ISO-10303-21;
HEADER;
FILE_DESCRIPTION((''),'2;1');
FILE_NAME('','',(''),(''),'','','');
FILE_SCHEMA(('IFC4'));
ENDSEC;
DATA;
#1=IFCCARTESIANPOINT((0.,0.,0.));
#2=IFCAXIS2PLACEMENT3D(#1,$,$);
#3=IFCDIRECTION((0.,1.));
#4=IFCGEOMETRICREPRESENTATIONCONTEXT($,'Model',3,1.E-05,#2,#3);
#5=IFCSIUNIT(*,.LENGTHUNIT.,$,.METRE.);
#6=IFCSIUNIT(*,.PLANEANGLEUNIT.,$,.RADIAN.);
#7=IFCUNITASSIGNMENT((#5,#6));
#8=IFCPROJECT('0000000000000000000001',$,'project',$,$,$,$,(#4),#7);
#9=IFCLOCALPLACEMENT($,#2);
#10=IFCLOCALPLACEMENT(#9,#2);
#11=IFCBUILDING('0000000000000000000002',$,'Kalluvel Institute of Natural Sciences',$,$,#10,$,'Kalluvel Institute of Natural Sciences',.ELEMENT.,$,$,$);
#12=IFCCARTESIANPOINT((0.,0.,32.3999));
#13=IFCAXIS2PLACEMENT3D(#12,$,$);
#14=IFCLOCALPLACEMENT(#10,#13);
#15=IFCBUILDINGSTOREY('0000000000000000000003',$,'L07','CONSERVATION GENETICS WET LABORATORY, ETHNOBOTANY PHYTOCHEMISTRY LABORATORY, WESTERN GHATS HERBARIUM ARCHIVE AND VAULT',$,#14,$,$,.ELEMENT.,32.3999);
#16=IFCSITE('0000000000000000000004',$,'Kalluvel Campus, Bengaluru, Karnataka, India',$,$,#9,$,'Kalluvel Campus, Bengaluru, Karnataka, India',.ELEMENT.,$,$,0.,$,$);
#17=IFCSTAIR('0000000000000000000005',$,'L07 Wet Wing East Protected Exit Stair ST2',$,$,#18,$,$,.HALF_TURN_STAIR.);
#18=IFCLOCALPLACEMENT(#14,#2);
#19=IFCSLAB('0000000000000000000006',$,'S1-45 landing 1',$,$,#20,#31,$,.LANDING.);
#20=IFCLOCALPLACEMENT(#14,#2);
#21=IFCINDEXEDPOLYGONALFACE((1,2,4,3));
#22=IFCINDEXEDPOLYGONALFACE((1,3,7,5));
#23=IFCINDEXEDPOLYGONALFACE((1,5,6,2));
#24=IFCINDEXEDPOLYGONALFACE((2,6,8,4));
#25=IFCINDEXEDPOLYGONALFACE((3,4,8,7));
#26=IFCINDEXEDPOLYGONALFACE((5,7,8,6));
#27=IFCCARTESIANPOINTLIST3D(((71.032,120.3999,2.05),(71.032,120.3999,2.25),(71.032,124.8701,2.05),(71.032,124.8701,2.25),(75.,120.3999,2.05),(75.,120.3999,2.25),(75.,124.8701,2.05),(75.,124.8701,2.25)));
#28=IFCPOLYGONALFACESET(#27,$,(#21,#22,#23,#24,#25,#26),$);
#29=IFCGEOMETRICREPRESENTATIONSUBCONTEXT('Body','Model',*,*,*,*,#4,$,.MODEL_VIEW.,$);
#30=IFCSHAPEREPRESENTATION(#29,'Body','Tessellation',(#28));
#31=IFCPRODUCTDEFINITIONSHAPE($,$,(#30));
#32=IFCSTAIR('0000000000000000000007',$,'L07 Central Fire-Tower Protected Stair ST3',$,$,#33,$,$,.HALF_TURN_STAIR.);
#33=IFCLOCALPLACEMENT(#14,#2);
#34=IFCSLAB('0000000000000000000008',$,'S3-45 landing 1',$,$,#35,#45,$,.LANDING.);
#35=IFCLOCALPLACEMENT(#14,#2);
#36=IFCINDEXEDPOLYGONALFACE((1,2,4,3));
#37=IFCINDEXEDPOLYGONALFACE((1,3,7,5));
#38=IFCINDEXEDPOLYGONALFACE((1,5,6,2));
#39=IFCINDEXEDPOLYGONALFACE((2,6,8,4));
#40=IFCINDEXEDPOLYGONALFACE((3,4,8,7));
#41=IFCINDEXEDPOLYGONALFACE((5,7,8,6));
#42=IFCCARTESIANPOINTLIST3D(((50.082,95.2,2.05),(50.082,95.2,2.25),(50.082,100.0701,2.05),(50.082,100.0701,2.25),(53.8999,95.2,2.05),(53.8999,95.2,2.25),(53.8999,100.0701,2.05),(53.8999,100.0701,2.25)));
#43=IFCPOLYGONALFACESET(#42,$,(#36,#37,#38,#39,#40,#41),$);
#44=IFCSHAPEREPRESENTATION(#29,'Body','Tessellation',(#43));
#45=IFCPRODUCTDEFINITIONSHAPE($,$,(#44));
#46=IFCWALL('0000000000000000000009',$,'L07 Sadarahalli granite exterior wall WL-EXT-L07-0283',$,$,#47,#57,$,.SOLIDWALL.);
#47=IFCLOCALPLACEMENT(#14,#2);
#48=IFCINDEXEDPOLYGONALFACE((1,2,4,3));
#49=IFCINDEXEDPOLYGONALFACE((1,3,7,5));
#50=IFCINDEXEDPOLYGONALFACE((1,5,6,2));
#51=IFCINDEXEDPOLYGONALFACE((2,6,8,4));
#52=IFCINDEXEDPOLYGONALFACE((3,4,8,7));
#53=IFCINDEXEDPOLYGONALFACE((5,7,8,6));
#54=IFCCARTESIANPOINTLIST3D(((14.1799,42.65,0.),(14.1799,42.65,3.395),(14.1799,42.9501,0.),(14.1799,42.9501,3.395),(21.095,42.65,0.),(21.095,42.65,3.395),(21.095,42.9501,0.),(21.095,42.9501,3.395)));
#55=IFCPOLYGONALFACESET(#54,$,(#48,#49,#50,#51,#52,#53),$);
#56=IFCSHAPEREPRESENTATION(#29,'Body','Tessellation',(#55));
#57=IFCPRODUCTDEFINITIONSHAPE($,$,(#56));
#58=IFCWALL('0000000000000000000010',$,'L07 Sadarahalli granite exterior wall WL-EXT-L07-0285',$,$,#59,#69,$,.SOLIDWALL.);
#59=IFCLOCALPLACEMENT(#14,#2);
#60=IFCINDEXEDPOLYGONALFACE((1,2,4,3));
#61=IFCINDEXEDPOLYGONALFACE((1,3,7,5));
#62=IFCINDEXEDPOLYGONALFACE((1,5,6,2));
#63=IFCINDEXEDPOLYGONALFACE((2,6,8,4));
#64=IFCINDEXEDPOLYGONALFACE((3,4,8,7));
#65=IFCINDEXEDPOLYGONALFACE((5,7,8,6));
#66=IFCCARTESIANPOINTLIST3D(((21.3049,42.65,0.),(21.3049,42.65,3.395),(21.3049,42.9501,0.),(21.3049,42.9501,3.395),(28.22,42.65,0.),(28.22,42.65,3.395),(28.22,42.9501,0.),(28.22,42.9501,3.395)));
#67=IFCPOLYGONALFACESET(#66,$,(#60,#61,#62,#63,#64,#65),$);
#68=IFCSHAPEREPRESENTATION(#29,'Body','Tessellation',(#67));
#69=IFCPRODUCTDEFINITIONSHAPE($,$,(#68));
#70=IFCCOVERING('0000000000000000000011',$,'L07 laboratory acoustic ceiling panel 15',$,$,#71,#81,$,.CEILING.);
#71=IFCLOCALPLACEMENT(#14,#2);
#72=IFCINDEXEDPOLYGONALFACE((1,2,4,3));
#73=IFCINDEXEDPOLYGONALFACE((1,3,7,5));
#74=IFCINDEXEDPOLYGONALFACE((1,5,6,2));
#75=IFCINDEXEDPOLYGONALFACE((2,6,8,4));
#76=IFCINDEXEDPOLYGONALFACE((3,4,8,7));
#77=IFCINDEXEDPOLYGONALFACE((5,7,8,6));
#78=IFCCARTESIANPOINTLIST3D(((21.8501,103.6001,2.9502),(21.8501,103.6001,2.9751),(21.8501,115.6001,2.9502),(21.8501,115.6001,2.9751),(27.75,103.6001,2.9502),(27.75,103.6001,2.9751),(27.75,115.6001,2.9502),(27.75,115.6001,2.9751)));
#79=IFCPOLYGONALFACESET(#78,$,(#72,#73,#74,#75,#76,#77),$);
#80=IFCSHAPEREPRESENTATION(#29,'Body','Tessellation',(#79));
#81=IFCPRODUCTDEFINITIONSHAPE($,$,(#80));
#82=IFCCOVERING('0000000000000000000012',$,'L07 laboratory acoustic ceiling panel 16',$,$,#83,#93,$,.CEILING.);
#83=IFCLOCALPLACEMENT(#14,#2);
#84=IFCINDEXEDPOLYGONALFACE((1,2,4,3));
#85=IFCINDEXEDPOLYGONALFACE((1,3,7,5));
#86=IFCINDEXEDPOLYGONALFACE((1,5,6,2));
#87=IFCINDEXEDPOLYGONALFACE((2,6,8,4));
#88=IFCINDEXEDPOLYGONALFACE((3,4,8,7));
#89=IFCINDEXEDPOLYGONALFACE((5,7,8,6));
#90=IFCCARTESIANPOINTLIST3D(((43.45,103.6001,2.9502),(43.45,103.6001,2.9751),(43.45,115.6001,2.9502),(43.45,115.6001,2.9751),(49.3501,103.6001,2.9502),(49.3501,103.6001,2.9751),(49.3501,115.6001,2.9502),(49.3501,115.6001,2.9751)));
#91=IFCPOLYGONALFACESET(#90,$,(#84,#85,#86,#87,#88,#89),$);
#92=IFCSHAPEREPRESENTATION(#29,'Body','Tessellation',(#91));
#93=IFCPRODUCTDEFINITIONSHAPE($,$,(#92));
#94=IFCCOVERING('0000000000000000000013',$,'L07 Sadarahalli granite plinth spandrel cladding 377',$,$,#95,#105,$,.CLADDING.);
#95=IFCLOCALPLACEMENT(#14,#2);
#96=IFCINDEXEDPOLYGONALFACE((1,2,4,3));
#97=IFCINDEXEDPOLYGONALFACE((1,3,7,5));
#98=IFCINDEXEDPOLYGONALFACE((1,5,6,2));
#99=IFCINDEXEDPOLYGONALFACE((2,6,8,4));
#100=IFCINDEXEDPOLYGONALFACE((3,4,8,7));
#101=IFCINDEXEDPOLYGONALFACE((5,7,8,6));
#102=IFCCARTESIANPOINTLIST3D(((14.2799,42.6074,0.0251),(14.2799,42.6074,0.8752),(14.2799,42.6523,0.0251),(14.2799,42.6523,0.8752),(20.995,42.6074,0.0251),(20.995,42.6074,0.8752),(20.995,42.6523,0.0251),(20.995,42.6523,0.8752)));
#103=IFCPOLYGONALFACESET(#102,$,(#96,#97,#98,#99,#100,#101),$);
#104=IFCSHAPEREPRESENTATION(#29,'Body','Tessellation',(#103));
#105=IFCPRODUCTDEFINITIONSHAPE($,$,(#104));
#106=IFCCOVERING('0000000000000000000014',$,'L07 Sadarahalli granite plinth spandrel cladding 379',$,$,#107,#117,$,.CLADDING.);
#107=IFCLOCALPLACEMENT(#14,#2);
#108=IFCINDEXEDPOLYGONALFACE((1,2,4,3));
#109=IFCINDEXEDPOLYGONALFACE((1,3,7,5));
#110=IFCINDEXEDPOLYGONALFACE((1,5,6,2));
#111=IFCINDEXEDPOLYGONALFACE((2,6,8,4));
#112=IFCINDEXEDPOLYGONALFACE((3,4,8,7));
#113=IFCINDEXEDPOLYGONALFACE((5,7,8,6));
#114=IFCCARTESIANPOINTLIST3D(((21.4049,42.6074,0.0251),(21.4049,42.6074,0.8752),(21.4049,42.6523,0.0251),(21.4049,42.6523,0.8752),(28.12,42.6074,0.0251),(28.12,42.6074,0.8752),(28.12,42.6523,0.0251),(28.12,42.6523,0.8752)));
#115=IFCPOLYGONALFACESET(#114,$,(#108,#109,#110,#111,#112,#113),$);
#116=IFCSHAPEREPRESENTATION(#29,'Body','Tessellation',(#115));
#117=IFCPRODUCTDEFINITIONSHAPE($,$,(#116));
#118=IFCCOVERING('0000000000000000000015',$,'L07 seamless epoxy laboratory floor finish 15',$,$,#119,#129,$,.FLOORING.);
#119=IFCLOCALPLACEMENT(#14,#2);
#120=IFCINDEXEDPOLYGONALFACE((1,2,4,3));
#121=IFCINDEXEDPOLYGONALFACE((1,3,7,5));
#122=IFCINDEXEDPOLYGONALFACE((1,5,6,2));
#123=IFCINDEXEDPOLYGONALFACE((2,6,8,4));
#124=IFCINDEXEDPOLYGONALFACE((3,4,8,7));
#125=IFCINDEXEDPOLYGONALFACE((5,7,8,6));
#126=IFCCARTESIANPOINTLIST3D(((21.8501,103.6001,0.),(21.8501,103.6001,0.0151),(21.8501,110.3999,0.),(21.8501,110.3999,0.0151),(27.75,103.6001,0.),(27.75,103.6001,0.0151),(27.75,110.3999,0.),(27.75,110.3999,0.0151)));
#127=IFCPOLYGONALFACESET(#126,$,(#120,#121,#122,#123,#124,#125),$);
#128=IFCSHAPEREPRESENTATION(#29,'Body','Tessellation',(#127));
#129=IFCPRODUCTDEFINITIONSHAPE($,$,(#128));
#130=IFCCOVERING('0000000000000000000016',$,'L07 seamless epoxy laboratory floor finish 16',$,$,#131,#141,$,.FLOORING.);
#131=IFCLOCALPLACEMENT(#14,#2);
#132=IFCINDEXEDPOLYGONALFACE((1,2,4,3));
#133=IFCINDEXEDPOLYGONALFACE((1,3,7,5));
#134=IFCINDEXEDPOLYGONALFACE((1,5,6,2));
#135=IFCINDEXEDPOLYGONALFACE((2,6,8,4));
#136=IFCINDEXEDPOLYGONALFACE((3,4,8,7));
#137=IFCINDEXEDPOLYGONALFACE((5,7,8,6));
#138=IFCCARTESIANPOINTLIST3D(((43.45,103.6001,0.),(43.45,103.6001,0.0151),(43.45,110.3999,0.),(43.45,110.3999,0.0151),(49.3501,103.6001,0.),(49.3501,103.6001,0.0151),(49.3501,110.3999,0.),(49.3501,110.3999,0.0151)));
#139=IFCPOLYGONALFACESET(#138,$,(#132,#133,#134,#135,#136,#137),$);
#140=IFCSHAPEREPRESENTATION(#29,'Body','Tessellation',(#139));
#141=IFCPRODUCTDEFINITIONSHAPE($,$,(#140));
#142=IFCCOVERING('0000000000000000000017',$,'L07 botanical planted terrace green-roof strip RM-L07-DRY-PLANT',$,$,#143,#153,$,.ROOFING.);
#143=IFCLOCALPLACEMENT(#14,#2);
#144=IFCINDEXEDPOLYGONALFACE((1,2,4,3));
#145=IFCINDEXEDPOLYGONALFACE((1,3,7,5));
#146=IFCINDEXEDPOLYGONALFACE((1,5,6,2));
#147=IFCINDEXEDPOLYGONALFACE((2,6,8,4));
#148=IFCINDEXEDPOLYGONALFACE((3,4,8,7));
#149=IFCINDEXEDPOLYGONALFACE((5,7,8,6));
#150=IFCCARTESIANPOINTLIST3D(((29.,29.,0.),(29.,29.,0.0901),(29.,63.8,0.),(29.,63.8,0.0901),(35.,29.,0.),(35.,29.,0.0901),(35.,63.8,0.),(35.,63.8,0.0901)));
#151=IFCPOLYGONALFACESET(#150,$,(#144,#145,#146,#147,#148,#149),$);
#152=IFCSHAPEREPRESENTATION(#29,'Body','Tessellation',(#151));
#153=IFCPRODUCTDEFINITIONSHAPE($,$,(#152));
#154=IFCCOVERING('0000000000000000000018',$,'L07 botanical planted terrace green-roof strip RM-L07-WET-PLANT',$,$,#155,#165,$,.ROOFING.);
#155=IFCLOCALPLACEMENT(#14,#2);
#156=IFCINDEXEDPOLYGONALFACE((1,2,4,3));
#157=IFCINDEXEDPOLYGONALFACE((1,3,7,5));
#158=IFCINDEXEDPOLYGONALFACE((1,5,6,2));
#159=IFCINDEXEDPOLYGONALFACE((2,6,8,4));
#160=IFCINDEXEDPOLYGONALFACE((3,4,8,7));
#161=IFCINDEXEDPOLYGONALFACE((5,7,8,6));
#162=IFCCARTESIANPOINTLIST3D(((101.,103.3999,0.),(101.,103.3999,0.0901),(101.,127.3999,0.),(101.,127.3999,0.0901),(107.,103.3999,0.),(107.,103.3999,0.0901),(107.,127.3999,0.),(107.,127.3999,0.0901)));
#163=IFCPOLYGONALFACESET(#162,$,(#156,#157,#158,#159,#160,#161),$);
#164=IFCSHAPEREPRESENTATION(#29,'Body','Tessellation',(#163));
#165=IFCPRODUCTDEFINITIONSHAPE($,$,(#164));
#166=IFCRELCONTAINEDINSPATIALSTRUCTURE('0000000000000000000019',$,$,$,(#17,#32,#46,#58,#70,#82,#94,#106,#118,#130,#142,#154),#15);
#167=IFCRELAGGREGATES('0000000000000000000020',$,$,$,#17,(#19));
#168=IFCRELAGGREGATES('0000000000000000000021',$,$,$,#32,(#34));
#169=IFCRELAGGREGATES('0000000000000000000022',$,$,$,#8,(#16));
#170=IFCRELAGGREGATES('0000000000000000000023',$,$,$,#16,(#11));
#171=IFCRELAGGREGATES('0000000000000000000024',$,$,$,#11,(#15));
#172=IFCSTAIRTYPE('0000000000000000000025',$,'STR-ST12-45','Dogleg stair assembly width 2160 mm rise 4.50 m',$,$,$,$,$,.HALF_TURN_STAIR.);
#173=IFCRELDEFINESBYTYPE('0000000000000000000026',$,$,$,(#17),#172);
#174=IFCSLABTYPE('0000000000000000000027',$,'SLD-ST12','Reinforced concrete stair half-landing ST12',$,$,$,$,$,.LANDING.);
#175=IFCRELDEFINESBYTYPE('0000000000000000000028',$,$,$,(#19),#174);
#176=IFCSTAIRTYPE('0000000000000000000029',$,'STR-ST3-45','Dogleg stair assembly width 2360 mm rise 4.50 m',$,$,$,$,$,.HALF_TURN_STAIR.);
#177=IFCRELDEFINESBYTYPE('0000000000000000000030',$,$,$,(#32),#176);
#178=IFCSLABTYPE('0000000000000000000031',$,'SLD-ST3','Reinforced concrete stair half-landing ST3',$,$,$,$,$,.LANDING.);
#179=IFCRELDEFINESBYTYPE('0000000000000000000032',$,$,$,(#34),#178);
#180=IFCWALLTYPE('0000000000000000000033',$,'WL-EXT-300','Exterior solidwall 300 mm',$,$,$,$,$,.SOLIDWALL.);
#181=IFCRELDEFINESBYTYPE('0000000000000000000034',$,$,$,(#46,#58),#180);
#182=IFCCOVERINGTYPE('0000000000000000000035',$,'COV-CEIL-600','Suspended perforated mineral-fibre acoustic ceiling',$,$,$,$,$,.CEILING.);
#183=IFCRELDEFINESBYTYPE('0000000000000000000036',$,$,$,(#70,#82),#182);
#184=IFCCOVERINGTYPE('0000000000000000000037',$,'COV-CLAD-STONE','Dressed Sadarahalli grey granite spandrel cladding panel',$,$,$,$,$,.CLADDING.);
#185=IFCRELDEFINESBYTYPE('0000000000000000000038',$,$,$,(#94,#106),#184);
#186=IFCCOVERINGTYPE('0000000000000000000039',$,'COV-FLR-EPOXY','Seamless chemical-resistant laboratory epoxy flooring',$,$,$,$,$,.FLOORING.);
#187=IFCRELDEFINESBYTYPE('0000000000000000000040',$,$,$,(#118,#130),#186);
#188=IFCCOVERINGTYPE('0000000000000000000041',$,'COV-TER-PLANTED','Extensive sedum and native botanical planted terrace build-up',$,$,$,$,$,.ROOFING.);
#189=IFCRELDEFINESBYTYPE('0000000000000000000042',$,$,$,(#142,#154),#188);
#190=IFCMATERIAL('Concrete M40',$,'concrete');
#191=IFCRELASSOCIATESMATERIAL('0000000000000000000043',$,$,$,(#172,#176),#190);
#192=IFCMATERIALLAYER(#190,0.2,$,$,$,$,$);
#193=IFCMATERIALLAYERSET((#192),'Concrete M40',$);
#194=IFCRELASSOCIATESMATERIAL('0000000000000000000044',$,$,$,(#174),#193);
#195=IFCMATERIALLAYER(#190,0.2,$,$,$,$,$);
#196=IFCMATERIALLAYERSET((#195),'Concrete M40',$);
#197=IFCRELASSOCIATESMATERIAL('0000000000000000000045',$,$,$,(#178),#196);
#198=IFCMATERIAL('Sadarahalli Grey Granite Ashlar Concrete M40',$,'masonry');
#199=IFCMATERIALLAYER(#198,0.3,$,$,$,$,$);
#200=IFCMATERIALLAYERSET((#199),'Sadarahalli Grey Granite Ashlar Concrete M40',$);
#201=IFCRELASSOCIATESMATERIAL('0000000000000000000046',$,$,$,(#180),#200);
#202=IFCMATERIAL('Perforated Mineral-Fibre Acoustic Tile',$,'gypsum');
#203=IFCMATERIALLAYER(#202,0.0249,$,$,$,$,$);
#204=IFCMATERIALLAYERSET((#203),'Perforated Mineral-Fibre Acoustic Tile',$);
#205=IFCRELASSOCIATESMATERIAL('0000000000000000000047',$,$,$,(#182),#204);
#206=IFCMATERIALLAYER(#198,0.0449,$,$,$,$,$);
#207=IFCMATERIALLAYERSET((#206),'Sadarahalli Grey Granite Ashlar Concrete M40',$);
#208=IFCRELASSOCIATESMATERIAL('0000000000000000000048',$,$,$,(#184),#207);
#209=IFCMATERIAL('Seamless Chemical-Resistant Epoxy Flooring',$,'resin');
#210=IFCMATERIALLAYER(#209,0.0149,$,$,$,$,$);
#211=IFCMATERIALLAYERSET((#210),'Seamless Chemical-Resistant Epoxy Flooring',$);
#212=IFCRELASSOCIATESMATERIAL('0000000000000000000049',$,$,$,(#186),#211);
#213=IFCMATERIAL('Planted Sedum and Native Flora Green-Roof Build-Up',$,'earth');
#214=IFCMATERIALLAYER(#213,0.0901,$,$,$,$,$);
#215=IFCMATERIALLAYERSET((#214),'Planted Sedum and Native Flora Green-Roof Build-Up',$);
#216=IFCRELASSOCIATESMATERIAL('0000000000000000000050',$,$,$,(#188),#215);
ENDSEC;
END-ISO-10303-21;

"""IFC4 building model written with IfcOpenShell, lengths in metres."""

from ifc_helpers import new_model, si_unit, direction, frame, frame_2d, origin, origin_2d, place, context, subcontext, project, spatial, polyline, rectangle, outline, extrude, material, layer, layer_set, type_object, element, aggregate, save


model = new_model("IFC4")

# Units and contexts
model_context = context("Model", 3, precision=1e-05, world=origin(), true_north=direction((0.0, 1.0)))
body_context = subcontext(model_context, "Body", "Model", "MODEL_VIEW")
ifc_project = project(units=[si_unit("LENGTHUNIT", "METRE"), si_unit("PLANEANGLEUNIT", "RADIAN")], contexts=[model_context])

# Site, building, storey
site_placement = place(None, origin())
site = spatial("IfcSite", under=ifc_project, at=site_placement, Name="Kalluvel Campus, Bengaluru, Karnataka, India", LongName="Kalluvel Campus, Bengaluru, Karnataka, India", CompositionType="ELEMENT", RefElevation=0.0)
building_placement = place(site_placement, origin())
building = spatial("IfcBuilding", under=site, at=building_placement, Name="Kalluvel Institute of Natural Sciences", LongName="Kalluvel Institute of Natural Sciences", CompositionType="ELEMENT")
storey_placement = place(building_placement, frame((0.0, 0.0, 32.3999)))
storey = spatial("IfcBuildingStorey", under=building, at=storey_placement, Name="L07", Description="CONSERVATION GENETICS WET LABORATORY, ETHNOBOTANY PHYTOCHEMISTRY LABORATORY, WESTERN GHATS HERBARIUM ARCHIVE AND VAULT", CompositionType="ELEMENT", Elevation=32.3999)

# Shared definitions
ifc_material_1 = material(Name="Concrete M40", Category="concrete")

# Stairs, slabs
stair_type_1 = type_object("IfcStairType", Name="STR-ST12-45", Description="Dogleg stair assembly width 2160 mm rise 4.50 m", PredefinedType="HALF_TURN_STAIR", material=ifc_material_1)
ifc_layer_1 = layer(ifc_material_1, 0.2)
ifc_layer_set_1 = layer_set([ifc_layer_1], Name="Concrete M40")
slab_type_1 = type_object("IfcSlabType", Name="SLD-ST12", Description="Reinforced concrete stair half-landing ST12", PredefinedType="LANDING", material=ifc_layer_set_1)
stair_1_placement = place(storey_placement, origin())
stair_1 = element("IfcStair", 1, at=stair_1_placement, inside=storey, type_object=stair_type_1, Name="L07 Wet Wing East Protected Exit Stair ST2", PredefinedType="HALF_TURN_STAIR")
slab_1_placement = place(storey_placement, frame((0.0, 0.0, 2.05)))
slab_1 = element("IfcSlab", 2, at=slab_1_placement, type_object=slab_type_1, Name="S1-45 landing 1", PredefinedType="LANDING", context=body_context, shape_type="SweptSolid", body=[
    extrude(outline(polyline([(71.032, 120.3999), (75.0, 120.3999), (75.0, 124.8701), (71.032, 124.8701), (71.032, 120.3999)])), origin(), (0.0, 0.0, 1.0), 0.2),
])
aggregate(stair_1, [slab_1])
stair_type_2 = type_object("IfcStairType", Name="STR-ST3-45", Description="Dogleg stair assembly width 2360 mm rise 4.50 m", PredefinedType="HALF_TURN_STAIR", material=ifc_material_1)
stair_2_placement = place(storey_placement, origin())
stair_2 = element("IfcStair", 3, at=stair_2_placement, inside=storey, type_object=stair_type_2, Name="L07 Central Fire-Tower Protected Stair ST3", PredefinedType="HALF_TURN_STAIR")
ifc_layer_2 = layer(ifc_material_1, 0.2)
ifc_layer_set_2 = layer_set([ifc_layer_2], Name="Concrete M40")
slab_type_2 = type_object("IfcSlabType", Name="SLD-ST3", Description="Reinforced concrete stair half-landing ST3", PredefinedType="LANDING", material=ifc_layer_set_2)
slab_2_placement = place(storey_placement, frame((0.0, 0.0, 2.05)))
slab_2 = element("IfcSlab", 4, at=slab_2_placement, type_object=slab_type_2, Name="S3-45 landing 1", PredefinedType="LANDING", context=body_context, shape_type="SweptSolid", body=[
    extrude(outline(polyline([(50.082, 95.2), (53.8999, 95.2), (53.8999, 100.0701), (50.082, 100.0701), (50.082, 95.2)])), origin(), (0.0, 0.0, 1.0), 0.2),
])
aggregate(stair_2, [slab_2])

# Walls
ifc_material_2 = material(Name="Sadarahalli Grey Granite Ashlar Concrete M40", Category="masonry")
ifc_layer_3 = layer(ifc_material_2, 0.3)
ifc_layer_set_3 = layer_set([ifc_layer_3], Name="Sadarahalli Grey Granite Ashlar Concrete M40")
wall_type = type_object("IfcWallType", Name="WL-EXT-300", Description="Exterior solidwall 300 mm", PredefinedType="SOLIDWALL", material=ifc_layer_set_3)
for number, where, z_axis, x_axis, name in (
    (5, (14.1799, 42.8, 0.0), (0.0, 0.0, 1.0), (1.0, 0.0, 0.0), "L07 Sadarahalli granite exterior wall WL-EXT-L07-0283"),
    (6, (21.3049, 42.8, 0.0), (0.0, 0.0, 1.0), (1.0, 0.0, 0.0), "L07 Sadarahalli granite exterior wall WL-EXT-L07-0285"),
):
    element("IfcWall", number, at=place(storey_placement, frame(where, z_axis=z_axis, x_axis=x_axis)), inside=storey, type_object=wall_type, Name=name, PredefinedType="SOLIDWALL", context=body_context, shape_type="SweptSolid", body=[
        extrude(rectangle(XDim=6.915, YDim=0.3, at=frame_2d((3.4575, 0.0))), origin(), (0.0, 0.0, 1.0), 3.395),
    ])

# Coverings
ifc_material_3 = material(Name="Perforated Mineral-Fibre Acoustic Tile", Category="gypsum")
ifc_layer_4 = layer(ifc_material_3, 0.0249)
ifc_layer_set_4 = layer_set([ifc_layer_4], Name="Perforated Mineral-Fibre Acoustic Tile")
covering_type_1 = type_object("IfcCoveringType", Name="COV-CEIL-600", Description="Suspended perforated mineral-fibre acoustic ceiling", PredefinedType="CEILING", material=ifc_layer_set_4)
covering_1_placement = place(storey_placement, frame((0.0, 0.0, 2.9502)))
element("IfcCovering", 7, at=covering_1_placement, inside=storey, type_object=covering_type_1, Name="L07 laboratory acoustic ceiling panel 15", PredefinedType="CEILING", context=body_context, shape_type="SweptSolid", body=[
    extrude(outline(polyline([(21.8501, 103.6001), (27.75, 103.6001), (27.75, 115.6001), (21.8501, 115.6001), (21.8501, 103.6001)])), origin(), (0.0, 0.0, 1.0), 0.0249),
])
covering_2_placement = place(storey_placement, frame((0.0, 0.0, 2.9502)))
element("IfcCovering", 8, at=covering_2_placement, inside=storey, type_object=covering_type_1, Name="L07 laboratory acoustic ceiling panel 16", PredefinedType="CEILING", context=body_context, shape_type="SweptSolid", body=[
    extrude(outline(polyline([(43.45, 103.6001), (49.3501, 103.6001), (49.3501, 115.6001), (43.45, 115.6001), (43.45, 103.6001)])), origin(), (0.0, 0.0, 1.0), 0.0249),
])
ifc_layer_5 = layer(ifc_material_2, 0.0449)
ifc_layer_set_5 = layer_set([ifc_layer_5], Name="Sadarahalli Grey Granite Ashlar Concrete M40")
covering_type_2 = type_object("IfcCoveringType", Name="COV-CLAD-STONE", Description="Dressed Sadarahalli grey granite spandrel cladding panel", PredefinedType="CLADDING", material=ifc_layer_set_5)
for number, where, z_axis, x_axis, name in (
    (9, (17.6375, 42.6299, 0.0251), (0.0, 0.0, 1.0), (1.0, 0.0, 0.0), "L07 Sadarahalli granite plinth spandrel cladding 377"),
    (10, (24.7625, 42.6299, 0.0251), (0.0, 0.0, 1.0), (1.0, 0.0, 0.0), "L07 Sadarahalli granite plinth spandrel cladding 379"),
):
    element("IfcCovering", number, at=place(storey_placement, frame(where, z_axis=z_axis, x_axis=x_axis)), inside=storey, type_object=covering_type_2, Name=name, PredefinedType="CLADDING", context=body_context, shape_type="SweptSolid", body=[
        extrude(rectangle(XDim=6.7151, YDim=0.0449, at=origin_2d()), origin(), (0.0, 0.0, 1.0), 0.8501),
    ])
ifc_material_4 = material(Name="Seamless Chemical-Resistant Epoxy Flooring", Category="resin")
ifc_layer_6 = layer(ifc_material_4, 0.0149)
ifc_layer_set_6 = layer_set([ifc_layer_6], Name="Seamless Chemical-Resistant Epoxy Flooring")
covering_type_3 = type_object("IfcCoveringType", Name="COV-FLR-EPOXY", Description="Seamless chemical-resistant laboratory epoxy flooring", PredefinedType="FLOORING", material=ifc_layer_set_6)
covering_3_placement = place(storey_placement, origin())
element("IfcCovering", 11, at=covering_3_placement, inside=storey, type_object=covering_type_3, Name="L07 seamless epoxy laboratory floor finish 15", PredefinedType="FLOORING", context=body_context, shape_type="SweptSolid", body=[
    extrude(outline(polyline([(21.8501, 103.6001), (27.75, 103.6001), (27.75, 110.3999), (21.8501, 110.3999), (21.8501, 103.6001)])), origin(), (0.0, 0.0, 1.0), 0.0151),
])
covering_4_placement = place(storey_placement, origin())
element("IfcCovering", 12, at=covering_4_placement, inside=storey, type_object=covering_type_3, Name="L07 seamless epoxy laboratory floor finish 16", PredefinedType="FLOORING", context=body_context, shape_type="SweptSolid", body=[
    extrude(outline(polyline([(43.45, 103.6001), (49.3501, 103.6001), (49.3501, 110.3999), (43.45, 110.3999), (43.45, 103.6001)])), origin(), (0.0, 0.0, 1.0), 0.0151),
])
ifc_material_5 = material(Name="Planted Sedum and Native Flora Green-Roof Build-Up", Category="earth")
ifc_layer_7 = layer(ifc_material_5, 0.0901)
ifc_layer_set_7 = layer_set([ifc_layer_7], Name="Planted Sedum and Native Flora Green-Roof Build-Up")
covering_type_4 = type_object("IfcCoveringType", Name="COV-TER-PLANTED", Description="Extensive sedum and native botanical planted terrace build-up", PredefinedType="ROOFING", material=ifc_layer_set_7)
covering_5_placement = place(storey_placement, origin())
element("IfcCovering", 13, at=covering_5_placement, inside=storey, type_object=covering_type_4, Name="L07 botanical planted terrace green-roof strip RM-L07-DRY-PLANT", PredefinedType="ROOFING", context=body_context, shape_type="SweptSolid", body=[
    extrude(outline(polyline([(29.0, 29.0), (35.0, 29.0), (35.0, 63.8), (29.0, 63.8), (29.0, 29.0)])), origin(), (0.0, 0.0, 1.0), 0.0901),
])
covering_6_placement = place(storey_placement, origin())
element("IfcCovering", 14, at=covering_6_placement, inside=storey, type_object=covering_type_4, Name="L07 botanical planted terrace green-roof strip RM-L07-WET-PLANT", PredefinedType="ROOFING", context=body_context, shape_type="SweptSolid", body=[
    extrude(outline(polyline([(101.0, 103.3999), (107.0, 103.3999), (107.0, 127.3999), (101.0, 127.3999), (101.0, 103.3999)])), origin(), (0.0, 0.0, 1.0), 0.0901),
])

save(model, "model.ifc")
